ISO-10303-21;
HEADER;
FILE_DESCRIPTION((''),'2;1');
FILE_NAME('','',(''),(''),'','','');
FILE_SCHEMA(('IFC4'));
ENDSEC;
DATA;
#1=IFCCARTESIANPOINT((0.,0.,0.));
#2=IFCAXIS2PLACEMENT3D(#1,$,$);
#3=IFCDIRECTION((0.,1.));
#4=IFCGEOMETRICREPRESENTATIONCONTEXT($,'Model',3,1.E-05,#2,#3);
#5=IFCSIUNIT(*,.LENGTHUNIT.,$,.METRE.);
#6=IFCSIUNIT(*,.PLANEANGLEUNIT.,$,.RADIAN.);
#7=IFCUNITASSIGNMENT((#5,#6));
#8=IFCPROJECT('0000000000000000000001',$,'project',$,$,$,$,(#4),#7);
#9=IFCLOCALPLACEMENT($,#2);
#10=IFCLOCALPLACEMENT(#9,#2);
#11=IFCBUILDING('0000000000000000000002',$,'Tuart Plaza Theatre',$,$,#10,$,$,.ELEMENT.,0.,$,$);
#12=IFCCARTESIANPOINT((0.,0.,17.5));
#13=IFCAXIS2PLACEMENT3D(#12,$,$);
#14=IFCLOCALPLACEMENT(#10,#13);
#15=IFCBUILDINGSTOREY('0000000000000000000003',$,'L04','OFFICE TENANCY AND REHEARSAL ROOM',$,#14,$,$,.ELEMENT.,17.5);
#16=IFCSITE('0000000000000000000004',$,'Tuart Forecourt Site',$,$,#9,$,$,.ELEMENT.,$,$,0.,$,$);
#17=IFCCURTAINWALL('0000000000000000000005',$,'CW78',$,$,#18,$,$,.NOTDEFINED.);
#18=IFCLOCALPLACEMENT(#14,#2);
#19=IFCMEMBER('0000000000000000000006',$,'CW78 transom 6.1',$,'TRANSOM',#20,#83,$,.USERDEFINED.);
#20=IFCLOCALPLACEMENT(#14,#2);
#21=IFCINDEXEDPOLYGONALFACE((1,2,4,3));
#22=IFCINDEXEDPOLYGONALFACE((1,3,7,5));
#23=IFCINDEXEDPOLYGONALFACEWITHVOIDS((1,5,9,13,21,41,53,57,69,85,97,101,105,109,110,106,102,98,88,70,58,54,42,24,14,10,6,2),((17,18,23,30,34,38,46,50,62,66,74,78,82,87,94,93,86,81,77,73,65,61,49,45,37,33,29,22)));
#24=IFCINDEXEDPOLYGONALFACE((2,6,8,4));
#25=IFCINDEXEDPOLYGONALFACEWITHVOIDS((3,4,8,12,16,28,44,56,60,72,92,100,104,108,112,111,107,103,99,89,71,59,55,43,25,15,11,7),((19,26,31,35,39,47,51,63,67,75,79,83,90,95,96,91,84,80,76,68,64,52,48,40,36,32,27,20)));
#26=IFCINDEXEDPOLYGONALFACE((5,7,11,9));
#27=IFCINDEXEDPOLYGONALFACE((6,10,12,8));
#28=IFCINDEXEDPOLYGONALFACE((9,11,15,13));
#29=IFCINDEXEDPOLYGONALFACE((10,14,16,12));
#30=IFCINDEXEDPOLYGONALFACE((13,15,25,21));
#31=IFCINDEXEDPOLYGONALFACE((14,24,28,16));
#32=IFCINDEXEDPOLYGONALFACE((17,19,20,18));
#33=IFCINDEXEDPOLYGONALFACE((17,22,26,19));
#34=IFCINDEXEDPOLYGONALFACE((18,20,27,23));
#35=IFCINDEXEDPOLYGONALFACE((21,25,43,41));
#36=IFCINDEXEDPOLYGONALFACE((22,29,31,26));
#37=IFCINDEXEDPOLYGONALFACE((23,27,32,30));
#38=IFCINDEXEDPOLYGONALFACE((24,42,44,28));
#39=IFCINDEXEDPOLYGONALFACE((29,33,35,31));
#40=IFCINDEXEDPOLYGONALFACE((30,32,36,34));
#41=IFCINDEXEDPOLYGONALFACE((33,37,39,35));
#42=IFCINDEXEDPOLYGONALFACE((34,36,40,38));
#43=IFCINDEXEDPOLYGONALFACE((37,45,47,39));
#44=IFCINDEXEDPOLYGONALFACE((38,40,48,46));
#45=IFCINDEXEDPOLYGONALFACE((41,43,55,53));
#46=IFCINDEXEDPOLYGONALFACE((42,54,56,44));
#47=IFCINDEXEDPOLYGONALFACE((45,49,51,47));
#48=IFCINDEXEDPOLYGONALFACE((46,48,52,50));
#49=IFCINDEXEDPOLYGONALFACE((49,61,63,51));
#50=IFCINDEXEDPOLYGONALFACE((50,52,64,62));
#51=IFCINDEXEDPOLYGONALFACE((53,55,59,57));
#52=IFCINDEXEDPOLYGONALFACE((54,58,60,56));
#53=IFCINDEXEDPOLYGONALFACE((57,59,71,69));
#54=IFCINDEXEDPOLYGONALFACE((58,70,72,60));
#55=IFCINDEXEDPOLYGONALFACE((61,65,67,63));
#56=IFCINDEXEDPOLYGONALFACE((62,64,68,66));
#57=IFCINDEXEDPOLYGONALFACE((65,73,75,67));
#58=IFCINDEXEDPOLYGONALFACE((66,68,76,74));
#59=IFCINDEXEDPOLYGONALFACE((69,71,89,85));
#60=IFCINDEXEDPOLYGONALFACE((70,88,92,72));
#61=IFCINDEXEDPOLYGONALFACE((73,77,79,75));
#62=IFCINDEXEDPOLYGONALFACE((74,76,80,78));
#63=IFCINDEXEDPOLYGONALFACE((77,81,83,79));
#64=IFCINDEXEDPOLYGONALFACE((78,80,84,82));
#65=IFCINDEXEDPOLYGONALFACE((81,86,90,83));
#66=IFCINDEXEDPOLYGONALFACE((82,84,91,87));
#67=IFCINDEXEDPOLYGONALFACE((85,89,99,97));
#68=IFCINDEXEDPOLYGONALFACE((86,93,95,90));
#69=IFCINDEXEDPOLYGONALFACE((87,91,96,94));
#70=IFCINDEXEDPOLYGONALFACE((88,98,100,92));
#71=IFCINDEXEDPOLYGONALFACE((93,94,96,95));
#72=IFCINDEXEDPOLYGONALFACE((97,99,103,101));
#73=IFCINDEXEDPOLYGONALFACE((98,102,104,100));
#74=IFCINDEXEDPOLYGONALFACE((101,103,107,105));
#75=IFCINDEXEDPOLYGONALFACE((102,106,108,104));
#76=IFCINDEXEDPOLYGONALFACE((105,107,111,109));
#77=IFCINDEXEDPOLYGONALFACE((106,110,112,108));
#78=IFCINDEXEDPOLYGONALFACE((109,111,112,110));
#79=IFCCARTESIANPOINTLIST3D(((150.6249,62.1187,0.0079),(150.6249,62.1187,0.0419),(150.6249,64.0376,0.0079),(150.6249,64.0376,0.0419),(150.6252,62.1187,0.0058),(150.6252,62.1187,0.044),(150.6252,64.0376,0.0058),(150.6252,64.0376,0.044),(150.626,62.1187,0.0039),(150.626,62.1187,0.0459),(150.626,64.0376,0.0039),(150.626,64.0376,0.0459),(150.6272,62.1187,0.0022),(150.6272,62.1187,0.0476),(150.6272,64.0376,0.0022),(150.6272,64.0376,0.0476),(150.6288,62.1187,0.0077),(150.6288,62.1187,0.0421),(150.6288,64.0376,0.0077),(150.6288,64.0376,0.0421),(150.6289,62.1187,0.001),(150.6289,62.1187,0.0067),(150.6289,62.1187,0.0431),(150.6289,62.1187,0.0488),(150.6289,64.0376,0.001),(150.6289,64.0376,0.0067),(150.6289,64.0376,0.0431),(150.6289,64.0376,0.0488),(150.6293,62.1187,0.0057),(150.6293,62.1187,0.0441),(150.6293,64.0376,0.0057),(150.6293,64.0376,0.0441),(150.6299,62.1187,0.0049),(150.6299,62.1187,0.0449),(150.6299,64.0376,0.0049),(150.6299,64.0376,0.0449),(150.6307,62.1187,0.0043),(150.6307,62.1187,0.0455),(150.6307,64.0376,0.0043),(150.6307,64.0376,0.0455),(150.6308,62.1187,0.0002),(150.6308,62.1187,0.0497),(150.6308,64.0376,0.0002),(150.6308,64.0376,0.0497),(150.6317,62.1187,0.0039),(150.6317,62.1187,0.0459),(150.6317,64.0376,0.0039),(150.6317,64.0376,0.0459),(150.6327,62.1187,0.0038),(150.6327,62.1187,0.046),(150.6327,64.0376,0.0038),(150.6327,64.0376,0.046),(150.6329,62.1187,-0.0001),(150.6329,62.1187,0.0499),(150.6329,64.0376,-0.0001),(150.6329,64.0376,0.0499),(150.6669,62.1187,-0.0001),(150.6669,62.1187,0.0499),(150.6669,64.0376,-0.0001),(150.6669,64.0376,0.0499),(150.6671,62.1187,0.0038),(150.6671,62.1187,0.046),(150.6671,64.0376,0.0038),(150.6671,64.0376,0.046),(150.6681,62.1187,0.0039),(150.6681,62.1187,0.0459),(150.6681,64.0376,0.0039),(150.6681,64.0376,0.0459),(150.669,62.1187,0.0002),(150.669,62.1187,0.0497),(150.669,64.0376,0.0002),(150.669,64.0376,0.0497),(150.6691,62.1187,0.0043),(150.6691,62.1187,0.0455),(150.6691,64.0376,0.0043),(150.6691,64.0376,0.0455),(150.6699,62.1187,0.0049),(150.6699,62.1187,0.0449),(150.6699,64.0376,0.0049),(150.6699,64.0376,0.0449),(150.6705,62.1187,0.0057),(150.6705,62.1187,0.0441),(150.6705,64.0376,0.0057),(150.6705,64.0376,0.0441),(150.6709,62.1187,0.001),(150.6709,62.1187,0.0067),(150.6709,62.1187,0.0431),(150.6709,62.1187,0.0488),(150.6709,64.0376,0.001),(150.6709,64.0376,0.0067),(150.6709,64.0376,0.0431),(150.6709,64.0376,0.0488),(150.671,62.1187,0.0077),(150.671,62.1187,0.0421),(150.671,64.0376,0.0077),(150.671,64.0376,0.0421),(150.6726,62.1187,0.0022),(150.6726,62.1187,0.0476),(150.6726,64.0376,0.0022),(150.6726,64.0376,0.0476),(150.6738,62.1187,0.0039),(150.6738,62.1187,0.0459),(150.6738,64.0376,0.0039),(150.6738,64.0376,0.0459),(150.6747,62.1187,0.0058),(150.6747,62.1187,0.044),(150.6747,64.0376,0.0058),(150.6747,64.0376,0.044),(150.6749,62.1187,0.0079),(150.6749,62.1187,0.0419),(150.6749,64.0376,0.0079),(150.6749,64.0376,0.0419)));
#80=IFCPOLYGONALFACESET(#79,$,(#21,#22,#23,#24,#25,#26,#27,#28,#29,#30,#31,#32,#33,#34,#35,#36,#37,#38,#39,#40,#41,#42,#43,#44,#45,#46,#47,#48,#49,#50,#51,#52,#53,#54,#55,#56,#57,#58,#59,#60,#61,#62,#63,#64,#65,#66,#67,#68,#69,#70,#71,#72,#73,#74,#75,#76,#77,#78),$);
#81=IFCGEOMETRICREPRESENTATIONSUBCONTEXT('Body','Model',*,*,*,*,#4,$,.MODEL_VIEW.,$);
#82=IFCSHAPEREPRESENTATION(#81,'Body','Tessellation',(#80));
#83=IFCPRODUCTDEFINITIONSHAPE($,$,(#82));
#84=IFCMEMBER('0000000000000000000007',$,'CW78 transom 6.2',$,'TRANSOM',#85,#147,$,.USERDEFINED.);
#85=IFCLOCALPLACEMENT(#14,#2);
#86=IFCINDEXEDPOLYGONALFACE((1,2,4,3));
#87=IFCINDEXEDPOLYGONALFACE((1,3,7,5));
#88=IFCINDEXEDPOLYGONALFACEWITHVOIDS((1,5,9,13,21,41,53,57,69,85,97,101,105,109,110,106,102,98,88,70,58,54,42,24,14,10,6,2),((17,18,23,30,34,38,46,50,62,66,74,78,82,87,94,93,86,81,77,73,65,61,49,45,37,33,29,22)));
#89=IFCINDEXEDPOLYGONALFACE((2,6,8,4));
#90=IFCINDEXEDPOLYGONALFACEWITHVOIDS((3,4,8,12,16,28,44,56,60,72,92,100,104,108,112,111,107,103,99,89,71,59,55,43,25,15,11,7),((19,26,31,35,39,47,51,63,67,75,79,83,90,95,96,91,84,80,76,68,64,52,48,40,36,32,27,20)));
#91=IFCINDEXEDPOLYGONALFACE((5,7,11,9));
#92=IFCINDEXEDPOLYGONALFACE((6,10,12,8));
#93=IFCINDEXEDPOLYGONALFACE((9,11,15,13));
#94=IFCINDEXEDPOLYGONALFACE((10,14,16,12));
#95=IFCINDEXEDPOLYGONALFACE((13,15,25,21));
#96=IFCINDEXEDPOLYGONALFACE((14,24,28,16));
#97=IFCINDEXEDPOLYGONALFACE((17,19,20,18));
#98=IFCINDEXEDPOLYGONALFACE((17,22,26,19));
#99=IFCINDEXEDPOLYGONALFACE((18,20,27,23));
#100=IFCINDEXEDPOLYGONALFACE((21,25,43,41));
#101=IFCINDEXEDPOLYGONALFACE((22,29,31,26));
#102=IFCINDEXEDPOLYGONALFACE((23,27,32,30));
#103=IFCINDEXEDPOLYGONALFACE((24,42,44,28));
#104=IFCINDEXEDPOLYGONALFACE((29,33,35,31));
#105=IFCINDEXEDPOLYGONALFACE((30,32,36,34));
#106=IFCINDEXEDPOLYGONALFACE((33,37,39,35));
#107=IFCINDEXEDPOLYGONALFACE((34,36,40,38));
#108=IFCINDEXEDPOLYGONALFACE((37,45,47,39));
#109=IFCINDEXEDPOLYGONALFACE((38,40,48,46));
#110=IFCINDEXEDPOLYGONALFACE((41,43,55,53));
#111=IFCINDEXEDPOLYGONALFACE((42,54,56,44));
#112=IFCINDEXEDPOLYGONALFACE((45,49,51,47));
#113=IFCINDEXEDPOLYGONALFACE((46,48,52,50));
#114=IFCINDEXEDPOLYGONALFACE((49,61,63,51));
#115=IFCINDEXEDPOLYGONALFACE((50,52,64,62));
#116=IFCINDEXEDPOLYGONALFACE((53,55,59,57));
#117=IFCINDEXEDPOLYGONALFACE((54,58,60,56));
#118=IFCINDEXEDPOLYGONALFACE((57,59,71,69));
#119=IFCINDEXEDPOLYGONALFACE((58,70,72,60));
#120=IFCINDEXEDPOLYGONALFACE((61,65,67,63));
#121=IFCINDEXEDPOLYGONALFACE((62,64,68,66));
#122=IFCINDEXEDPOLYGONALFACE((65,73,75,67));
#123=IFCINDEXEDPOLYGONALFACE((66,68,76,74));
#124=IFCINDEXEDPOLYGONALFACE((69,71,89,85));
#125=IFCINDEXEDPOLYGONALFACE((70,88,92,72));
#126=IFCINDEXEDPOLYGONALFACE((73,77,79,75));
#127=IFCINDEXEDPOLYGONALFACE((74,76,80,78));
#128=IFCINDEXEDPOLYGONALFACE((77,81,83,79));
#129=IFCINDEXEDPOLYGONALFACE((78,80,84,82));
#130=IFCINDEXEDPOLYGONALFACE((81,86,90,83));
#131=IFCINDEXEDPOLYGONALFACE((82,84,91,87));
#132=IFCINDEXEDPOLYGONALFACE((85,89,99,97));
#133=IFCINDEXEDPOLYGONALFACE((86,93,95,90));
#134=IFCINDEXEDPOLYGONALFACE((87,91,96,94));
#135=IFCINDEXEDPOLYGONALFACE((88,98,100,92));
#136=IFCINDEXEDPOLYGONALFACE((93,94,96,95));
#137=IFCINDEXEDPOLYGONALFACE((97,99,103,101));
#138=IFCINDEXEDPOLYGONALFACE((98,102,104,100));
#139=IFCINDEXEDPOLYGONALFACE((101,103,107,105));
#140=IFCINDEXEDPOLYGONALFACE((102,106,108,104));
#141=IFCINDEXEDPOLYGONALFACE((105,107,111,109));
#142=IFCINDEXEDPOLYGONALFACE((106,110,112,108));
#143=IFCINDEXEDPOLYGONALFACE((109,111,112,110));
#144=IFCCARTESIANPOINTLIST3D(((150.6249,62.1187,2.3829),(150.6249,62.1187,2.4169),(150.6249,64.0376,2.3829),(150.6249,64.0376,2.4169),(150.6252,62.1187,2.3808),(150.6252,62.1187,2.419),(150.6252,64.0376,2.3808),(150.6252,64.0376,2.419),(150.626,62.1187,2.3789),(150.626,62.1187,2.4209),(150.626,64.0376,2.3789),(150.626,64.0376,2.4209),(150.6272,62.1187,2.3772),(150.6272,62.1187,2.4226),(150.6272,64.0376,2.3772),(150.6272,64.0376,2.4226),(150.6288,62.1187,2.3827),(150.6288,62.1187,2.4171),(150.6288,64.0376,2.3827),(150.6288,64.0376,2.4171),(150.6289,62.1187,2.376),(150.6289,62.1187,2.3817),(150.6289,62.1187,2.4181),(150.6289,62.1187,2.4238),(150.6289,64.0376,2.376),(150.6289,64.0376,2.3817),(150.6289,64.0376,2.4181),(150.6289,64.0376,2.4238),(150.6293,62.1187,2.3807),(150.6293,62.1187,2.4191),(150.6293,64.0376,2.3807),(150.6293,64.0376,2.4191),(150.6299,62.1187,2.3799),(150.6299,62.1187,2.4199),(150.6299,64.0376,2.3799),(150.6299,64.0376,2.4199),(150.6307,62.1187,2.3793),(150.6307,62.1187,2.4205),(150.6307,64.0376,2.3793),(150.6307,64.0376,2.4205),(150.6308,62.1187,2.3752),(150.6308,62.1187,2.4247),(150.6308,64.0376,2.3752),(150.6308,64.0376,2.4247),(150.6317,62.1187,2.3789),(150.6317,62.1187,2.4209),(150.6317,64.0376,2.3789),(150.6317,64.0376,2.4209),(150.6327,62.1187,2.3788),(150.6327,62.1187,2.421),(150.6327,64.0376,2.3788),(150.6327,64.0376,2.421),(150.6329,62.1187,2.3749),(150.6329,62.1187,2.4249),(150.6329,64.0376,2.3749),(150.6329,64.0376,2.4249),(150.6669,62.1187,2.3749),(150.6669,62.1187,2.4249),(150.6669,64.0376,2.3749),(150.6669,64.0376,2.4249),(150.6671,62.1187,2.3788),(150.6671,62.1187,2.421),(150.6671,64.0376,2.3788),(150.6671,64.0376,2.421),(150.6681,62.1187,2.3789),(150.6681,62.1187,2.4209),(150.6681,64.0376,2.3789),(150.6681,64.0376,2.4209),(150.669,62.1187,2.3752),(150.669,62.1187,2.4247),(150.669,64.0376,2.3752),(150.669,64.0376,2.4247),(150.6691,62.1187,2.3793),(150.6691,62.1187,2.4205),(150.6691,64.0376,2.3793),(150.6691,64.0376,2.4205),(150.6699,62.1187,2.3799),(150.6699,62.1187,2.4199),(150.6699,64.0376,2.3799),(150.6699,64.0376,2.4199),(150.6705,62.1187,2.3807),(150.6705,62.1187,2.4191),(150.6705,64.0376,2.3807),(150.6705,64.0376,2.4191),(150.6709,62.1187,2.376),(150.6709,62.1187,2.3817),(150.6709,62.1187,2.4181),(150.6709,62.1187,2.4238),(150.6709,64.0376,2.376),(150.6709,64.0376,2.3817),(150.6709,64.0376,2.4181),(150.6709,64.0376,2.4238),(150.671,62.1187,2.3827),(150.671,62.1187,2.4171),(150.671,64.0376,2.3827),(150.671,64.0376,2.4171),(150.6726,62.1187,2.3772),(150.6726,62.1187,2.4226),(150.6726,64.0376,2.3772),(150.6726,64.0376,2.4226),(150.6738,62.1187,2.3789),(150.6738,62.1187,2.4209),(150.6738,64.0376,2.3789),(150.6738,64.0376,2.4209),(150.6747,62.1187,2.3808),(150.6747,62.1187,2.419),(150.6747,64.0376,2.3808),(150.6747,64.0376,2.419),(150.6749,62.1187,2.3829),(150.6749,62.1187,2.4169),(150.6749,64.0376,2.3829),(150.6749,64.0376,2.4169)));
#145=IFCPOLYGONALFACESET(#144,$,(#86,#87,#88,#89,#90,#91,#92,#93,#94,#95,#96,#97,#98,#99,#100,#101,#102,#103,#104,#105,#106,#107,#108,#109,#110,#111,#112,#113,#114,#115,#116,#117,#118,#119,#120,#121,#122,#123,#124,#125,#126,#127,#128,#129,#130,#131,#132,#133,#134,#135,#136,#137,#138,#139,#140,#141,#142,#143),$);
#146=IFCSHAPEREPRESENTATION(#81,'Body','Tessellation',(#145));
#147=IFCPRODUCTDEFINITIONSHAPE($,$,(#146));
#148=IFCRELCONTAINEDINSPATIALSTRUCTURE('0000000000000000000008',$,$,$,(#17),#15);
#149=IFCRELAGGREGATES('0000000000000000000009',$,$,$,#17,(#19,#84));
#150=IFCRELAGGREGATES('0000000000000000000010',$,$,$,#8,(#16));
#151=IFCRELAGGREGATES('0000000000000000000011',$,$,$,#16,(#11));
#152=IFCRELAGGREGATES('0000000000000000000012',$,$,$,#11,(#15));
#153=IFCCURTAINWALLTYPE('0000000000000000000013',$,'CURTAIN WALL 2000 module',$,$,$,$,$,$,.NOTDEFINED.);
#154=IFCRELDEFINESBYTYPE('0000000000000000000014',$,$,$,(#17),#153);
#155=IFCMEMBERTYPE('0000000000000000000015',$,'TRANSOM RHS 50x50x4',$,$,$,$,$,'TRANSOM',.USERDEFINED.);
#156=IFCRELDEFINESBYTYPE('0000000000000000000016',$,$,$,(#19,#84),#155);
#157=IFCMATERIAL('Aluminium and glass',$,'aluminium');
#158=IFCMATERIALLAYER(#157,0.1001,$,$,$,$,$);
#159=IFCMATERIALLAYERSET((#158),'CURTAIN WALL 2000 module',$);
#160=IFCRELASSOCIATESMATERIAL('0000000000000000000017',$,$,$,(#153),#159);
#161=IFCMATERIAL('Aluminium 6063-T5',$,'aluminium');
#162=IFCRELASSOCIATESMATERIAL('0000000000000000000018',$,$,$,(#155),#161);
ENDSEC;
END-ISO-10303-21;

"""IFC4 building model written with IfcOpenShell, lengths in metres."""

from ifc_helpers import new_model, si_unit, direction, frame, origin, origin_2d, place, context, subcontext, project, spatial, hollow_rectangle, extrude, material, layer, layer_set, material_profile, profile_set, type_object, element, aggregate, save


model = new_model("IFC4")

# Units and contexts
model_context = context("Model", 3, precision=1e-05, world=origin(), true_north=direction((0.0, 1.0)))
body_context = subcontext(model_context, "Body", "Model", "MODEL_VIEW")
ifc_project = project(units=[si_unit("LENGTHUNIT", "METRE"), si_unit("PLANEANGLEUNIT", "RADIAN")], contexts=[model_context])

# Site, building, storey
site_placement = place(None, origin())
site = spatial("IfcSite", under=ifc_project, at=site_placement, Name="Tuart Forecourt Site", CompositionType="ELEMENT", RefElevation=0.0)
building_placement = place(site_placement, origin())
building = spatial("IfcBuilding", under=site, at=building_placement, Name="Tuart Plaza Theatre", CompositionType="ELEMENT", ElevationOfRefHeight=0.0)
storey_placement = place(building_placement, frame((0.0, 0.0, 17.5)))
storey = spatial("IfcBuildingStorey", under=building, at=storey_placement, Name="L04", Description="OFFICE TENANCY AND REHEARSAL ROOM", CompositionType="ELEMENT", Elevation=17.5)

# Curtain wall, members
ifc_material_1 = material(Name="Aluminium and glass", Category="aluminium")
ifc_layer_1 = layer(ifc_material_1, 0.1001)
ifc_layer_set_1 = layer_set([ifc_layer_1], Name="CURTAIN WALL 2000 module")
curtain_wall_type = type_object("IfcCurtainWallType", Name="CURTAIN WALL 2000 module", PredefinedType="NOTDEFINED", material=ifc_layer_set_1)
curtain_wall_placement = place(storey_placement, origin())
curtain_wall = element("IfcCurtainWall", 1, at=curtain_wall_placement, inside=storey, type_object=curtain_wall_type, Name="CW78", PredefinedType="NOTDEFINED")
ifc_material_2 = material(Name="Aluminium 6063-T5", Category="aluminium")
ifc_material_profile_1 = material_profile(ifc_material_2, hollow_rectangle(XDim=0.05, YDim=0.05, WallThickness=0.0039, InnerFilletRadius=0.0039, OuterFilletRadius=0.0081, at=origin_2d()), Name="RHS 50x50x4")
ifc_profile_set_1 = profile_set([ifc_material_profile_1], Name="Aluminium 6063-T5")
member_type_1 = type_object("IfcMemberType", Name="TRANSOM RHS 50x50x4", ElementType="TRANSOM", PredefinedType="USERDEFINED", material=ifc_profile_set_1)
member_1_placement = place(storey_placement, frame((150.6499, 62.1187, 0.0249), z_axis=(0.0, 1.0, 0.0), x_axis=(-1.0, 0.0, 0.0)))
member_1 = element("IfcMember", 2, at=member_1_placement, type_object=member_type_1, Name="CW78 transom 6.1", ObjectType="TRANSOM", PredefinedType="USERDEFINED", context=body_context, shape_type="SweptSolid", body=[
    extrude(hollow_rectangle(XDim=0.05, YDim=0.05, WallThickness=0.0039, InnerFilletRadius=0.0039, OuterFilletRadius=0.0081, at=origin_2d()), origin(), (0.0, 0.0, 1.0), 1.9189),
])
member_2_placement = place(storey_placement, frame((150.6499, 62.1187, 2.3999), z_axis=(0.0, 1.0, 0.0), x_axis=(-1.0, 0.0, 0.0)))
member_2 = element("IfcMember", 3, at=member_2_placement, type_object=member_type_1, Name="CW78 transom 6.2", ObjectType="TRANSOM", PredefinedType="USERDEFINED", context=body_context, shape_type="SweptSolid", body=[
    extrude(hollow_rectangle(XDim=0.05, YDim=0.05, WallThickness=0.0039, InnerFilletRadius=0.0039, OuterFilletRadius=0.0081, at=origin_2d()), origin(), (0.0, 0.0, 1.0), 1.9189),
])
aggregate(curtain_wall, [member_1, member_2])

save(model, "model.ifc")
